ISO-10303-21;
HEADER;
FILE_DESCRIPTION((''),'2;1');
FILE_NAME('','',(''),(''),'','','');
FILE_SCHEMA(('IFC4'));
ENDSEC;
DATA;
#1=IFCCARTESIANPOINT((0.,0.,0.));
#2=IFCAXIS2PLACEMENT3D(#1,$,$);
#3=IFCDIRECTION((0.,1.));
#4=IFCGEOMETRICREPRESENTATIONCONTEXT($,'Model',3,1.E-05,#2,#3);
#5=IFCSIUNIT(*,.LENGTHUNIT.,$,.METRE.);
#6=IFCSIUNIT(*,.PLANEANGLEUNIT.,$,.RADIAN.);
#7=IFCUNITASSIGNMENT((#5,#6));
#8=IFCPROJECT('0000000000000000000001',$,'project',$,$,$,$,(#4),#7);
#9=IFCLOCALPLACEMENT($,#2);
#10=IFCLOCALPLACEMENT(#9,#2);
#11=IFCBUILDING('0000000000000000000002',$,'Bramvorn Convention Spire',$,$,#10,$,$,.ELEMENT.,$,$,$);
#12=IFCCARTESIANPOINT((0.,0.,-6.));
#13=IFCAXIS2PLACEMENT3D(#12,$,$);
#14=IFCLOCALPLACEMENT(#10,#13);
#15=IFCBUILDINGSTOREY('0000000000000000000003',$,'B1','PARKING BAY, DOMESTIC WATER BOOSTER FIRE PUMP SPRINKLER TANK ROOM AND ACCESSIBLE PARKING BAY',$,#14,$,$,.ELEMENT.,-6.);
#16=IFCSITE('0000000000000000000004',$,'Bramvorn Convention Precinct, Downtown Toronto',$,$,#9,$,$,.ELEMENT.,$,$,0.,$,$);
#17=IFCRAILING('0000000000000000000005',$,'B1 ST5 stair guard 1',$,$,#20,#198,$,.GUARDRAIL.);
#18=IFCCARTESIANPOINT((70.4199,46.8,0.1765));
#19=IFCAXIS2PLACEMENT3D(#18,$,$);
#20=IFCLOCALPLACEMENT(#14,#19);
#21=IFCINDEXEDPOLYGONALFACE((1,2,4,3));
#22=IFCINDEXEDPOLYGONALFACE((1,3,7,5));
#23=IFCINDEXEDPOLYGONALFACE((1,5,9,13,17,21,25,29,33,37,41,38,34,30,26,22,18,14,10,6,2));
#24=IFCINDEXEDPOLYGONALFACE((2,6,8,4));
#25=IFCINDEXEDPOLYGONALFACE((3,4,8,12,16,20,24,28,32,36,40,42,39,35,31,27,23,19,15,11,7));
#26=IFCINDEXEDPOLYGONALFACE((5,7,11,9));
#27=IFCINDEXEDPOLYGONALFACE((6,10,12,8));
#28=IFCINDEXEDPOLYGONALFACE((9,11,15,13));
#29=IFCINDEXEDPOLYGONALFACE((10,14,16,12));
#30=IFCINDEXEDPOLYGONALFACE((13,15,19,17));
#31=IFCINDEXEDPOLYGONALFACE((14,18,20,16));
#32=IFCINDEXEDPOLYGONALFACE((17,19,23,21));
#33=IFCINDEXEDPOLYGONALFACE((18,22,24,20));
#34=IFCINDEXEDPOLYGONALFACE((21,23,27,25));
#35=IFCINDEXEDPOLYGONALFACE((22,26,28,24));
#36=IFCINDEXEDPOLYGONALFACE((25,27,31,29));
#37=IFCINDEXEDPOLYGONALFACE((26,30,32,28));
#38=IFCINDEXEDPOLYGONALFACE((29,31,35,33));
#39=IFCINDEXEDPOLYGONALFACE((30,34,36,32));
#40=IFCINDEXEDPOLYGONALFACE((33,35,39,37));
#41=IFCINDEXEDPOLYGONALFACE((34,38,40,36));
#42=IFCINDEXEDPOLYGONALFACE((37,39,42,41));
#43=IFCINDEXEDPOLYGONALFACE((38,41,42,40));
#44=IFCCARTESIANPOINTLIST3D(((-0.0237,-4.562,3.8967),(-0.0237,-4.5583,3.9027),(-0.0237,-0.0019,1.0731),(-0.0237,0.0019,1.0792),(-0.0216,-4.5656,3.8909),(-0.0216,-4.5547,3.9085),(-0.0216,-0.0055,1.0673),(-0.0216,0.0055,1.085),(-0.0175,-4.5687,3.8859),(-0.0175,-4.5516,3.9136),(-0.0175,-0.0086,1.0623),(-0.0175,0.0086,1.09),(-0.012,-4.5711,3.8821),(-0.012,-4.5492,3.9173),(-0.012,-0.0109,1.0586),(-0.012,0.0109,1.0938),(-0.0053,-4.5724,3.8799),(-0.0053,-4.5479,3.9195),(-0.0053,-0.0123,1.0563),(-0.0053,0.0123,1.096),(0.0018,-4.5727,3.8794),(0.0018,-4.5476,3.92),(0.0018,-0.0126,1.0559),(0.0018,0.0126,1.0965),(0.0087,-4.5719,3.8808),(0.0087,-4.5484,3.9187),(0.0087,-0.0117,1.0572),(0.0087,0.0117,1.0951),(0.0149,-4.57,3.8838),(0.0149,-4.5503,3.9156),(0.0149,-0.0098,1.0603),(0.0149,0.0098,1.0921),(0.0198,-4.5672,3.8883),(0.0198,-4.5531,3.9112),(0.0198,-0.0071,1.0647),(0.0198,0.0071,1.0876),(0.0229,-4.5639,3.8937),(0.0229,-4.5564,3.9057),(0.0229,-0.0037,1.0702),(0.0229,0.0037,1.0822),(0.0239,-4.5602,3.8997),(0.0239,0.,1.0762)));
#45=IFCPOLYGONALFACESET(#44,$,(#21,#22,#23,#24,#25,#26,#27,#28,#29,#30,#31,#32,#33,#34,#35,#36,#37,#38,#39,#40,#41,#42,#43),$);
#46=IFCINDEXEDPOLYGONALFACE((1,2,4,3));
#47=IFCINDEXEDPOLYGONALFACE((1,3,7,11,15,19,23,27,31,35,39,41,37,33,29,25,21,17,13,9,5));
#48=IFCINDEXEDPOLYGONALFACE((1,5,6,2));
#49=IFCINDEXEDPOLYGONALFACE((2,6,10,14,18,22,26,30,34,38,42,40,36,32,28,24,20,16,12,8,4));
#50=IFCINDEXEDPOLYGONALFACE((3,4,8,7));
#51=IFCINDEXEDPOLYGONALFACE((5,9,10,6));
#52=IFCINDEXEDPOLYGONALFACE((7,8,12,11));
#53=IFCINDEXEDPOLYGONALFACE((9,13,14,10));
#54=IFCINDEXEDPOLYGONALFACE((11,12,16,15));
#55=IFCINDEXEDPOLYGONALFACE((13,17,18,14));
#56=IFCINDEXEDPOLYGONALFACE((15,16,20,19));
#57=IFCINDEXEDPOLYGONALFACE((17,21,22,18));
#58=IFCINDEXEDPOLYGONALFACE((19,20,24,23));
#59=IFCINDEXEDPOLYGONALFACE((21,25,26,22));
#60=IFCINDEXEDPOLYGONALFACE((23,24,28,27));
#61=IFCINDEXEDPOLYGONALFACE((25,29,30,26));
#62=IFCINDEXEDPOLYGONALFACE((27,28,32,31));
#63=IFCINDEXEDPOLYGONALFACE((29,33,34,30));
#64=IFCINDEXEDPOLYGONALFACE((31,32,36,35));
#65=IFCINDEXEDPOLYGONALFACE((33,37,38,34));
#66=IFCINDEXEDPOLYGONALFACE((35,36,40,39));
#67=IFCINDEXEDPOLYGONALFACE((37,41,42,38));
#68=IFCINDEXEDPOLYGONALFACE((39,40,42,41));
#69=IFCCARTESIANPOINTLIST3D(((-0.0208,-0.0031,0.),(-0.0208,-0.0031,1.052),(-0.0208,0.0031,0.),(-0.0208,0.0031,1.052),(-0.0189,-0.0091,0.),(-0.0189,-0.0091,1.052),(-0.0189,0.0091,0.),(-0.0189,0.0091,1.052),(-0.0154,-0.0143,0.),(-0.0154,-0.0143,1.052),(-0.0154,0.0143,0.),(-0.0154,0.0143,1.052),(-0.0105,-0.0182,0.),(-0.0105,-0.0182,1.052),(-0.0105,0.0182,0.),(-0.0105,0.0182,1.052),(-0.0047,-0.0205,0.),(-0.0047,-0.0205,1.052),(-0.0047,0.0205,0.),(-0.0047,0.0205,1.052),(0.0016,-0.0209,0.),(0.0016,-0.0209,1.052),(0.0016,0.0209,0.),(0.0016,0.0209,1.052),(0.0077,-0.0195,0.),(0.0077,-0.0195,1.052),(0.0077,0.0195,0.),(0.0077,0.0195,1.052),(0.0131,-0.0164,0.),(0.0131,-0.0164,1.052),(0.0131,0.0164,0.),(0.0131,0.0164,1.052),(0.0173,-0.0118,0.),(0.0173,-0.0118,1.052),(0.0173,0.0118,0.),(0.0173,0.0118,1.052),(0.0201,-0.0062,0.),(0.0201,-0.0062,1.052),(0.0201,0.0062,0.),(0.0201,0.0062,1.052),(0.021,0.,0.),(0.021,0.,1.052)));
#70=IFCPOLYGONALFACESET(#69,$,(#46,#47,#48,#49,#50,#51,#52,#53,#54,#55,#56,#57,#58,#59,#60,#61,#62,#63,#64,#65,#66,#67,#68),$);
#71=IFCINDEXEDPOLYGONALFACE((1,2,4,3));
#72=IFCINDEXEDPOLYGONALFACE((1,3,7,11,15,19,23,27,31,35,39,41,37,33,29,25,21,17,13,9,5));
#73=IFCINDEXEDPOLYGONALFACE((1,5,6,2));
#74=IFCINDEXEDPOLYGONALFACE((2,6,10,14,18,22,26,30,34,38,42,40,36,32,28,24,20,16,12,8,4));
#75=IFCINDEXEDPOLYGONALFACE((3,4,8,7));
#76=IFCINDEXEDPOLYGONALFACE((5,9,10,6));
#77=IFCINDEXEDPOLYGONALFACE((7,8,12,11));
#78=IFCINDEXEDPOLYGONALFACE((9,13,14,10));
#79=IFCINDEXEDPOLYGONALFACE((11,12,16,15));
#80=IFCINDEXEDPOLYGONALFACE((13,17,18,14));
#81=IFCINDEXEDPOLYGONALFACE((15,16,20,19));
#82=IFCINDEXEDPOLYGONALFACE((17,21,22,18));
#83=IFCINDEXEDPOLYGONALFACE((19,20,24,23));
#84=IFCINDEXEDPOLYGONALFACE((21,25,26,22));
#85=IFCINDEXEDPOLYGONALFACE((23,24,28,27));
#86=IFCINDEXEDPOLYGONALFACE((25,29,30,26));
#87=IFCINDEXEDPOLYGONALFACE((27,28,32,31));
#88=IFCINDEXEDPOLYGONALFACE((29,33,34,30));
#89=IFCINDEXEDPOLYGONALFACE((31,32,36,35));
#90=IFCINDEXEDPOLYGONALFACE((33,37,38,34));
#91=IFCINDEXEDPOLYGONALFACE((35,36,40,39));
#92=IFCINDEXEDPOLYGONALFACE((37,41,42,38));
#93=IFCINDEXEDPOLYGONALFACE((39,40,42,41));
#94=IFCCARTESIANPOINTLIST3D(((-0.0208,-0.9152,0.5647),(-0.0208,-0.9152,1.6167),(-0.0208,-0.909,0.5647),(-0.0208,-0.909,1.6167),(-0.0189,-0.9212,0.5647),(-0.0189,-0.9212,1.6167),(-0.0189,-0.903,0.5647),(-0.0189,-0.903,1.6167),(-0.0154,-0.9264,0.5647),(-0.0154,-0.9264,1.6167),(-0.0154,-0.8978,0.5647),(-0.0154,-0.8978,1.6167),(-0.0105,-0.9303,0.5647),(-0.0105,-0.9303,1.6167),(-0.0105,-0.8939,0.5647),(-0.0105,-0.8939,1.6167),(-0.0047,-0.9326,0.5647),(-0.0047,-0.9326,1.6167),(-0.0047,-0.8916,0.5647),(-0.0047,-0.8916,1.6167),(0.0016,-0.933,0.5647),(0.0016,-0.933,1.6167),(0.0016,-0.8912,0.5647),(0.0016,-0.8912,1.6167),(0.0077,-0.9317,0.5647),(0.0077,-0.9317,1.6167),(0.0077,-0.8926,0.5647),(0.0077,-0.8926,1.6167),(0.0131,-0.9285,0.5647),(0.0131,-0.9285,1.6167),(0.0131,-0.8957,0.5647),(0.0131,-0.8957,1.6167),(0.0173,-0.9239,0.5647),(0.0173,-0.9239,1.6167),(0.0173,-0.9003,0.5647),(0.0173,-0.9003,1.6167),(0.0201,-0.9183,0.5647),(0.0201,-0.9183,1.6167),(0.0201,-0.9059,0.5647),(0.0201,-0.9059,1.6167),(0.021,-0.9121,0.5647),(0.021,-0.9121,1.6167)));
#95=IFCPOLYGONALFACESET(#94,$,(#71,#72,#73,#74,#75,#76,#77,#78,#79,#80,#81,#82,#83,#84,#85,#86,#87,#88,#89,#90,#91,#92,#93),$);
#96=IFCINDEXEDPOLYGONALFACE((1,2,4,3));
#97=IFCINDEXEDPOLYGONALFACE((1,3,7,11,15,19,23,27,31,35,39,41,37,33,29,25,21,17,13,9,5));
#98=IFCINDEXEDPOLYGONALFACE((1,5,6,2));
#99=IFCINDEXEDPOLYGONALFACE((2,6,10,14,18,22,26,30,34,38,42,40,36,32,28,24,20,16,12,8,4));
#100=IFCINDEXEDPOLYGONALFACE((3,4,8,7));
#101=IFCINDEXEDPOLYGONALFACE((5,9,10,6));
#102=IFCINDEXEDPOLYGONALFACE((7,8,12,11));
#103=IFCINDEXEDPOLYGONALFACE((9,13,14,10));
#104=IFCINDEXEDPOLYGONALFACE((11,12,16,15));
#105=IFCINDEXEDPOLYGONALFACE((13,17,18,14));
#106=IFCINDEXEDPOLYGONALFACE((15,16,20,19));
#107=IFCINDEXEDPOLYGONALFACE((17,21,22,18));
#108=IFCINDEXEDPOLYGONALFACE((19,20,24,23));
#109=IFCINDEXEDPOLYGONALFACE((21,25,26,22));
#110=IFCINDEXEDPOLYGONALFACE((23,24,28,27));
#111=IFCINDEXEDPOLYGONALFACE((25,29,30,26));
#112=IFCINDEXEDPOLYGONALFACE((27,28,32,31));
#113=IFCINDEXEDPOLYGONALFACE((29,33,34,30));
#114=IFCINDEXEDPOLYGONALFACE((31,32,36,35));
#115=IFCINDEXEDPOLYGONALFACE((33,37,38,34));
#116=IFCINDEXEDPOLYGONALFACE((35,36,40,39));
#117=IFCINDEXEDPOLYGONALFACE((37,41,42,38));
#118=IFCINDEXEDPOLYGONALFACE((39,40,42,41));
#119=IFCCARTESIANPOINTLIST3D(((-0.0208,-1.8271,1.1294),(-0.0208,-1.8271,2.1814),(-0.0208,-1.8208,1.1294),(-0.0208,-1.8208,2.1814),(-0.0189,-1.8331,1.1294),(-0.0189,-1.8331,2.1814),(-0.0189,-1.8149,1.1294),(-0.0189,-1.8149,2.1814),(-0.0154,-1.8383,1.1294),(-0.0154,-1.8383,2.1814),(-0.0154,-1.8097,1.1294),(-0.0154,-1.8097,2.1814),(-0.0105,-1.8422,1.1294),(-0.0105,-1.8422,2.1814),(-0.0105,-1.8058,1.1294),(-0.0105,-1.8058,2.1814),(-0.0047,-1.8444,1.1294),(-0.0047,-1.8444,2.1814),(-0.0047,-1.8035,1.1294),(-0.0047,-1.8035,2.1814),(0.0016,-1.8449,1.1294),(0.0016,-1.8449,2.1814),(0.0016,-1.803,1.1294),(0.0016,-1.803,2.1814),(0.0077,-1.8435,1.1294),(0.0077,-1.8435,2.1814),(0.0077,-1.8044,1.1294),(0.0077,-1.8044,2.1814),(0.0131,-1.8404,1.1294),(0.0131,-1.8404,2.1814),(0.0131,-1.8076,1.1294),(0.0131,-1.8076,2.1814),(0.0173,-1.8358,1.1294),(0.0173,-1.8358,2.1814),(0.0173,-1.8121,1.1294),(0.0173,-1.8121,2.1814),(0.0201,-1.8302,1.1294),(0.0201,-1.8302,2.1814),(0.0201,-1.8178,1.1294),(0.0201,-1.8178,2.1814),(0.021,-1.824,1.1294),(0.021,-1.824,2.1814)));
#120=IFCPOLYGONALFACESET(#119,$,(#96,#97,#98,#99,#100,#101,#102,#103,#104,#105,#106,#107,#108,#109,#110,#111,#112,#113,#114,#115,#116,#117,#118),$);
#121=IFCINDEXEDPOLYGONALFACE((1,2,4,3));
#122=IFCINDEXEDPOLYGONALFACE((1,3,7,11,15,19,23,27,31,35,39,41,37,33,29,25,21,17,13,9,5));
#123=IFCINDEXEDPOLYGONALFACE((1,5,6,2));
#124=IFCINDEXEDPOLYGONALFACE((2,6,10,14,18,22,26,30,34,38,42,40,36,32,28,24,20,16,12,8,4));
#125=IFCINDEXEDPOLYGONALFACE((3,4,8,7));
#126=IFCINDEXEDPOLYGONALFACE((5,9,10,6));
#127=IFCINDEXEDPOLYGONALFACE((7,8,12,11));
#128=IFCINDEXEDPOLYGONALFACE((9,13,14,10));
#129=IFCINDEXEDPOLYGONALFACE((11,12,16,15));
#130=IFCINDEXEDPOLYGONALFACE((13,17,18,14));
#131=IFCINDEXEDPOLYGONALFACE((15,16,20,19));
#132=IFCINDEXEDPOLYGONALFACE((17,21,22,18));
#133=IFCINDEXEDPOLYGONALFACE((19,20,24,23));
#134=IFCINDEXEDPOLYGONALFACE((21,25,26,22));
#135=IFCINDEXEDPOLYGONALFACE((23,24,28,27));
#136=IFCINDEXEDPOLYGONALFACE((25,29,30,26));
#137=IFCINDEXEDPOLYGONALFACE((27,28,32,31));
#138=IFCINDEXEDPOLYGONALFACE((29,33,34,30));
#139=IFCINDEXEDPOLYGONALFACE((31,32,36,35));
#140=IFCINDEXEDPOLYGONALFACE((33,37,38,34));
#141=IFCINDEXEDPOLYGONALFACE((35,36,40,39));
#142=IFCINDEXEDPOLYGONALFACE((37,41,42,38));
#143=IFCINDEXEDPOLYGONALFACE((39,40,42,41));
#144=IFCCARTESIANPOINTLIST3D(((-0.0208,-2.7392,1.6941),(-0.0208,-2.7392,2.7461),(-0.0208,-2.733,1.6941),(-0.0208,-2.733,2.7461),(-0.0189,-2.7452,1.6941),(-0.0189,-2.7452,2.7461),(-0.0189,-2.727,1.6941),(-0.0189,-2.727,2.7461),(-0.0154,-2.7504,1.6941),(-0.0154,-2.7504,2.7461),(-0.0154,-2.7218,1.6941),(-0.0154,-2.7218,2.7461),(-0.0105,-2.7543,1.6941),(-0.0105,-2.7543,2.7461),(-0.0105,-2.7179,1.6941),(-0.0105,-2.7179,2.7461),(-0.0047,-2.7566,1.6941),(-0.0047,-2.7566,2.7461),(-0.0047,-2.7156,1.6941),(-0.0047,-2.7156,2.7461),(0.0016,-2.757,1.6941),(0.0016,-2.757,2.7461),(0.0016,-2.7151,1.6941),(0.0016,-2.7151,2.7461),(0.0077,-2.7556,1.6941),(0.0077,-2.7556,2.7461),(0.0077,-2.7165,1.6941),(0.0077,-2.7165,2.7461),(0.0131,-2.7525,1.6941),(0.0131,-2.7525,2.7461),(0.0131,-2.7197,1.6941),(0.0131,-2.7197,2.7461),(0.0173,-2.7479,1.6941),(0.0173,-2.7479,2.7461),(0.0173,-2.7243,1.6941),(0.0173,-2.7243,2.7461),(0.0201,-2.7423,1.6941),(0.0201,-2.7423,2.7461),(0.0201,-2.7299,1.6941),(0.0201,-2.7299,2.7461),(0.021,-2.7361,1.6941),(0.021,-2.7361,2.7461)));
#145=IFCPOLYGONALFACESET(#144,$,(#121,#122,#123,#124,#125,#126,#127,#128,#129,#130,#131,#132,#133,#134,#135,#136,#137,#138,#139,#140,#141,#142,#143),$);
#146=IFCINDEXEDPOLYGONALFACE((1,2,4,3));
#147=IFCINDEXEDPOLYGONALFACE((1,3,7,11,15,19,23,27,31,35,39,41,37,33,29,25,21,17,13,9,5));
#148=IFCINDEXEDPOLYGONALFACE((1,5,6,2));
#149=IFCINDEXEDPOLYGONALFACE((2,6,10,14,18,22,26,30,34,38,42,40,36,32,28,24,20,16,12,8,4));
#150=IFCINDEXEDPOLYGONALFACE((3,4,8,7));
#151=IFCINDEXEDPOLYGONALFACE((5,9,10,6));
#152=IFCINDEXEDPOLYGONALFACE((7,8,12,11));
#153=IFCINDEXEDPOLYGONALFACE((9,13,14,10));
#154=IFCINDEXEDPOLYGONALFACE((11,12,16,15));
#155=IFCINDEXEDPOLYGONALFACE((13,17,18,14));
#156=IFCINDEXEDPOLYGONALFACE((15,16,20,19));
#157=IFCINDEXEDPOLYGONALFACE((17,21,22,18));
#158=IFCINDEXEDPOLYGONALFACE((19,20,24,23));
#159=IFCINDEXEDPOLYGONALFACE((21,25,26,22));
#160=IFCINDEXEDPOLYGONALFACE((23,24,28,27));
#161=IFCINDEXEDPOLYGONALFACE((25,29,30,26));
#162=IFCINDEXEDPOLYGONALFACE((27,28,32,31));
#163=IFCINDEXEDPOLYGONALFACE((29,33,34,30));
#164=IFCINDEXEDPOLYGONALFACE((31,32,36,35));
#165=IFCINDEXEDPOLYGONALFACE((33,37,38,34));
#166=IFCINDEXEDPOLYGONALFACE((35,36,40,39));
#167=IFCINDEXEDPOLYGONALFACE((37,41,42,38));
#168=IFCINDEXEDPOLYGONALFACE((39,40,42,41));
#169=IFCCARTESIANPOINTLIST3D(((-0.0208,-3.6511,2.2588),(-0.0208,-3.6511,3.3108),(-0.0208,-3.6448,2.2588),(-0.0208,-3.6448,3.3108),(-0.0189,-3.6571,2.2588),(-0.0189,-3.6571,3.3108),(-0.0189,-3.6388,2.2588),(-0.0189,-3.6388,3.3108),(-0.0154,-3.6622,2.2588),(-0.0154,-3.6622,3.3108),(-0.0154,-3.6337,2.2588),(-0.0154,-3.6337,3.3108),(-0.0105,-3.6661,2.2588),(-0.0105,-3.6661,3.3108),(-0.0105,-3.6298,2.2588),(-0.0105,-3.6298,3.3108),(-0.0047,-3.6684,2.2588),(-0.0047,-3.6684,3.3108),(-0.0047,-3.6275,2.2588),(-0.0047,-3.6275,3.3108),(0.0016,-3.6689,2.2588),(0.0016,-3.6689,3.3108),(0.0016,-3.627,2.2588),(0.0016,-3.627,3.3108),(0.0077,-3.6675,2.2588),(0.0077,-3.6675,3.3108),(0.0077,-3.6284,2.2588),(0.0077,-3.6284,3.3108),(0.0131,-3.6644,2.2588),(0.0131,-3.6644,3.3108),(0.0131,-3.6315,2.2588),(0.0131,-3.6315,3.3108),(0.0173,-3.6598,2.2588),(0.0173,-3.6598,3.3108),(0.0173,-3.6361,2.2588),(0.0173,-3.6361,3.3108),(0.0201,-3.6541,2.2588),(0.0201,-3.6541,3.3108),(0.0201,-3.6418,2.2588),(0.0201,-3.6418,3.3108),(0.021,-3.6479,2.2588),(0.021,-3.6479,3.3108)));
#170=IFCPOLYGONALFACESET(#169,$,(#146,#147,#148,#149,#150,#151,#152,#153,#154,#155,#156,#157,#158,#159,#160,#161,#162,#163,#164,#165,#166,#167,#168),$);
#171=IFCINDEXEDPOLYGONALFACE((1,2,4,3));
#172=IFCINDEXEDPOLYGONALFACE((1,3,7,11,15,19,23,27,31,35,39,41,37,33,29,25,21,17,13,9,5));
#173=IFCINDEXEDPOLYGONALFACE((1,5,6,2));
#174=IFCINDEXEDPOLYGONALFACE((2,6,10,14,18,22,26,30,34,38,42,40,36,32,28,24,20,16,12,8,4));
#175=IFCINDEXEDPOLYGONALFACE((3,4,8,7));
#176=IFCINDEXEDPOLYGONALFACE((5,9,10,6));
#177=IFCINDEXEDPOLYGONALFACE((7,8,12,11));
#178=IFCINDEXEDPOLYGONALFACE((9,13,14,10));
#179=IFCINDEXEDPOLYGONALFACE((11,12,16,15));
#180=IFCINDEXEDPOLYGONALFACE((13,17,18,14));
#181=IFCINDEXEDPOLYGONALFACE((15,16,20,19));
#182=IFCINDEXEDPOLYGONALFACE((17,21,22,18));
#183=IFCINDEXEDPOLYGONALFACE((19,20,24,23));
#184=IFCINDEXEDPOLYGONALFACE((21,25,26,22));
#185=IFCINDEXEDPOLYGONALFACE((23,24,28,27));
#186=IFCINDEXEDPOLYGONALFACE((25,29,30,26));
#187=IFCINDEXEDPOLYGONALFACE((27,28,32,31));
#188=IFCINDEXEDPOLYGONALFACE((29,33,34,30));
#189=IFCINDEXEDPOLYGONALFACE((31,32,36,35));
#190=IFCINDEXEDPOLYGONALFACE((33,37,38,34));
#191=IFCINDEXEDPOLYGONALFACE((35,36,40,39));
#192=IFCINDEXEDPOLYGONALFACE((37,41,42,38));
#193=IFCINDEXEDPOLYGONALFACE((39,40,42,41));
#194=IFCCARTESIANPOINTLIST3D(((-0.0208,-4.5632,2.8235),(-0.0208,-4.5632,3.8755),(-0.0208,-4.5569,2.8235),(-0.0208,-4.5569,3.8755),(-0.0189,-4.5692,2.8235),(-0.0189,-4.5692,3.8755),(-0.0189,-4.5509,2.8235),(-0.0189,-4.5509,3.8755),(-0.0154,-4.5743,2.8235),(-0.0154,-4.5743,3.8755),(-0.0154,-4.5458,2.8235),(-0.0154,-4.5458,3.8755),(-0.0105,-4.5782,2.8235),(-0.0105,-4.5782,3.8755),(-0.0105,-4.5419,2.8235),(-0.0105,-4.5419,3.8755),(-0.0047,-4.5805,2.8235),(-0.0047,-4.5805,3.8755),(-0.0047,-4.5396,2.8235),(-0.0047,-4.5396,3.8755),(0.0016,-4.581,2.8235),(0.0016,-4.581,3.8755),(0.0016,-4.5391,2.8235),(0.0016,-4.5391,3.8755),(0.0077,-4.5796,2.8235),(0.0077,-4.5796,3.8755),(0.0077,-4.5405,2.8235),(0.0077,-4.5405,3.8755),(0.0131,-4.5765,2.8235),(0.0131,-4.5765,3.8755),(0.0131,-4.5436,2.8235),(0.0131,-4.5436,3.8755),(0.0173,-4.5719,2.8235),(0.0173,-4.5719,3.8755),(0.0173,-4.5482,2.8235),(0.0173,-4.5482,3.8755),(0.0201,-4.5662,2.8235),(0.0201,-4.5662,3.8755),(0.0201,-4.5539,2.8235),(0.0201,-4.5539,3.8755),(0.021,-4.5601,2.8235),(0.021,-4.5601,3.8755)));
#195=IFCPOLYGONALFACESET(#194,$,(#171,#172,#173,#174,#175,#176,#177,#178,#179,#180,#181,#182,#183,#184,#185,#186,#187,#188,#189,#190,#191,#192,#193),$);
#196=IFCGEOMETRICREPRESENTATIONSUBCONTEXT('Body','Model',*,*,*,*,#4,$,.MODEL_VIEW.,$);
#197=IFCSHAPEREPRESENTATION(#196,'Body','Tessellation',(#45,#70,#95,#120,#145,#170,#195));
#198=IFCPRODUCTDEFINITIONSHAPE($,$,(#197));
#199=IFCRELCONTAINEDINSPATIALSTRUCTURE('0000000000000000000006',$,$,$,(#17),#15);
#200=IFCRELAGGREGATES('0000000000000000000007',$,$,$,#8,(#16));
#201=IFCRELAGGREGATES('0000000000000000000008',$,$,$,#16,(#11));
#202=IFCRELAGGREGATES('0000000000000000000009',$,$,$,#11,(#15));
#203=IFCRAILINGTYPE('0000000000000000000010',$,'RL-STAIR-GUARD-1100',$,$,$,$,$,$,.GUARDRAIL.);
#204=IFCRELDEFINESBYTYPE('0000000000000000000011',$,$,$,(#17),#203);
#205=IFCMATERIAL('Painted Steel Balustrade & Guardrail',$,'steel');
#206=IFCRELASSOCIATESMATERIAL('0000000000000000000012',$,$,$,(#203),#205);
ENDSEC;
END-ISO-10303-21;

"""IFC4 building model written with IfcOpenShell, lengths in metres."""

from ifc_helpers import new_model, si_unit, direction, frame, origin, origin_2d, place, context, subcontext, project, spatial, circle, extrude, material, type_object, element, save


model = new_model("IFC4")

# Units and contexts
model_context = context("Model", 3, precision=1e-05, world=origin(), true_north=direction((0.0, 1.0)))
body_context = subcontext(model_context, "Body", "Model", "MODEL_VIEW")
ifc_project = project(units=[si_unit("LENGTHUNIT", "METRE"), si_unit("PLANEANGLEUNIT", "RADIAN")], contexts=[model_context])

# Site, building, storey
site_placement = place(None, origin())
site = spatial("IfcSite", under=ifc_project, at=site_placement, Name="Bramvorn Convention Precinct, Downtown Toronto", CompositionType="ELEMENT", RefElevation=0.0)
building_placement = place(site_placement, origin())
building = spatial("IfcBuilding", under=site, at=building_placement, Name="Bramvorn Convention Spire", CompositionType="ELEMENT")
storey_placement = place(building_placement, frame((0.0, 0.0, -6.0)))
storey = spatial("IfcBuildingStorey", under=building, at=storey_placement, Name="B1", Description="PARKING BAY, DOMESTIC WATER BOOSTER FIRE PUMP SPRINKLER TANK ROOM AND ACCESSIBLE PARKING BAY", CompositionType="ELEMENT", Elevation=-6.0)

# Railing
ifc_material_1 = material(Name="Painted Steel Balustrade & Guardrail", Category="steel")
railing_type_1 = type_object("IfcRailingType", Name="RL-STAIR-GUARD-1100", PredefinedType="GUARDRAIL", material=ifc_material_1)
railing_1_placement = place(storey_placement, frame((70.4199, 46.8, 0.1765)))
element("IfcRailing", 1, at=railing_1_placement, inside=storey, type_object=railing_type_1, Name="B1 ST5 stair guard 1", PredefinedType="GUARDRAIL", context=body_context, shape_type="SweptSolid", body=[
    extrude(circle(Radius=0.0239, at=origin_2d()), frame((0.0, 0.0, 1.0762), z_axis=(0.0, -0.850216, 0.526435), x_axis=(1.0, 0.0, 0.0)), (0.0, 0.0, 1.0), 5.3635),
    extrude(circle(Radius=0.021, at=origin_2d()), origin(), (0.0, 0.0, 1.0), 1.052),
    extrude(circle(Radius=0.021, at=origin_2d()), frame((0.0, -0.9121, 0.5647)), (0.0, 0.0, 1.0), 1.052),
    extrude(circle(Radius=0.021, at=origin_2d()), frame((0.0, -1.824, 1.1294)), (0.0, 0.0, 1.0), 1.052),
    extrude(circle(Radius=0.021, at=origin_2d()), frame((0.0, -2.7361, 1.6941)), (0.0, 0.0, 1.0), 1.052),
    extrude(circle(Radius=0.021, at=origin_2d()), frame((0.0, -3.6479, 2.2588)), (0.0, 0.0, 1.0), 1.052),
    extrude(circle(Radius=0.021, at=origin_2d()), frame((0.0, -4.5601, 2.8235)), (0.0, 0.0, 1.0), 1.052),
])

save(model, "model.ifc")
